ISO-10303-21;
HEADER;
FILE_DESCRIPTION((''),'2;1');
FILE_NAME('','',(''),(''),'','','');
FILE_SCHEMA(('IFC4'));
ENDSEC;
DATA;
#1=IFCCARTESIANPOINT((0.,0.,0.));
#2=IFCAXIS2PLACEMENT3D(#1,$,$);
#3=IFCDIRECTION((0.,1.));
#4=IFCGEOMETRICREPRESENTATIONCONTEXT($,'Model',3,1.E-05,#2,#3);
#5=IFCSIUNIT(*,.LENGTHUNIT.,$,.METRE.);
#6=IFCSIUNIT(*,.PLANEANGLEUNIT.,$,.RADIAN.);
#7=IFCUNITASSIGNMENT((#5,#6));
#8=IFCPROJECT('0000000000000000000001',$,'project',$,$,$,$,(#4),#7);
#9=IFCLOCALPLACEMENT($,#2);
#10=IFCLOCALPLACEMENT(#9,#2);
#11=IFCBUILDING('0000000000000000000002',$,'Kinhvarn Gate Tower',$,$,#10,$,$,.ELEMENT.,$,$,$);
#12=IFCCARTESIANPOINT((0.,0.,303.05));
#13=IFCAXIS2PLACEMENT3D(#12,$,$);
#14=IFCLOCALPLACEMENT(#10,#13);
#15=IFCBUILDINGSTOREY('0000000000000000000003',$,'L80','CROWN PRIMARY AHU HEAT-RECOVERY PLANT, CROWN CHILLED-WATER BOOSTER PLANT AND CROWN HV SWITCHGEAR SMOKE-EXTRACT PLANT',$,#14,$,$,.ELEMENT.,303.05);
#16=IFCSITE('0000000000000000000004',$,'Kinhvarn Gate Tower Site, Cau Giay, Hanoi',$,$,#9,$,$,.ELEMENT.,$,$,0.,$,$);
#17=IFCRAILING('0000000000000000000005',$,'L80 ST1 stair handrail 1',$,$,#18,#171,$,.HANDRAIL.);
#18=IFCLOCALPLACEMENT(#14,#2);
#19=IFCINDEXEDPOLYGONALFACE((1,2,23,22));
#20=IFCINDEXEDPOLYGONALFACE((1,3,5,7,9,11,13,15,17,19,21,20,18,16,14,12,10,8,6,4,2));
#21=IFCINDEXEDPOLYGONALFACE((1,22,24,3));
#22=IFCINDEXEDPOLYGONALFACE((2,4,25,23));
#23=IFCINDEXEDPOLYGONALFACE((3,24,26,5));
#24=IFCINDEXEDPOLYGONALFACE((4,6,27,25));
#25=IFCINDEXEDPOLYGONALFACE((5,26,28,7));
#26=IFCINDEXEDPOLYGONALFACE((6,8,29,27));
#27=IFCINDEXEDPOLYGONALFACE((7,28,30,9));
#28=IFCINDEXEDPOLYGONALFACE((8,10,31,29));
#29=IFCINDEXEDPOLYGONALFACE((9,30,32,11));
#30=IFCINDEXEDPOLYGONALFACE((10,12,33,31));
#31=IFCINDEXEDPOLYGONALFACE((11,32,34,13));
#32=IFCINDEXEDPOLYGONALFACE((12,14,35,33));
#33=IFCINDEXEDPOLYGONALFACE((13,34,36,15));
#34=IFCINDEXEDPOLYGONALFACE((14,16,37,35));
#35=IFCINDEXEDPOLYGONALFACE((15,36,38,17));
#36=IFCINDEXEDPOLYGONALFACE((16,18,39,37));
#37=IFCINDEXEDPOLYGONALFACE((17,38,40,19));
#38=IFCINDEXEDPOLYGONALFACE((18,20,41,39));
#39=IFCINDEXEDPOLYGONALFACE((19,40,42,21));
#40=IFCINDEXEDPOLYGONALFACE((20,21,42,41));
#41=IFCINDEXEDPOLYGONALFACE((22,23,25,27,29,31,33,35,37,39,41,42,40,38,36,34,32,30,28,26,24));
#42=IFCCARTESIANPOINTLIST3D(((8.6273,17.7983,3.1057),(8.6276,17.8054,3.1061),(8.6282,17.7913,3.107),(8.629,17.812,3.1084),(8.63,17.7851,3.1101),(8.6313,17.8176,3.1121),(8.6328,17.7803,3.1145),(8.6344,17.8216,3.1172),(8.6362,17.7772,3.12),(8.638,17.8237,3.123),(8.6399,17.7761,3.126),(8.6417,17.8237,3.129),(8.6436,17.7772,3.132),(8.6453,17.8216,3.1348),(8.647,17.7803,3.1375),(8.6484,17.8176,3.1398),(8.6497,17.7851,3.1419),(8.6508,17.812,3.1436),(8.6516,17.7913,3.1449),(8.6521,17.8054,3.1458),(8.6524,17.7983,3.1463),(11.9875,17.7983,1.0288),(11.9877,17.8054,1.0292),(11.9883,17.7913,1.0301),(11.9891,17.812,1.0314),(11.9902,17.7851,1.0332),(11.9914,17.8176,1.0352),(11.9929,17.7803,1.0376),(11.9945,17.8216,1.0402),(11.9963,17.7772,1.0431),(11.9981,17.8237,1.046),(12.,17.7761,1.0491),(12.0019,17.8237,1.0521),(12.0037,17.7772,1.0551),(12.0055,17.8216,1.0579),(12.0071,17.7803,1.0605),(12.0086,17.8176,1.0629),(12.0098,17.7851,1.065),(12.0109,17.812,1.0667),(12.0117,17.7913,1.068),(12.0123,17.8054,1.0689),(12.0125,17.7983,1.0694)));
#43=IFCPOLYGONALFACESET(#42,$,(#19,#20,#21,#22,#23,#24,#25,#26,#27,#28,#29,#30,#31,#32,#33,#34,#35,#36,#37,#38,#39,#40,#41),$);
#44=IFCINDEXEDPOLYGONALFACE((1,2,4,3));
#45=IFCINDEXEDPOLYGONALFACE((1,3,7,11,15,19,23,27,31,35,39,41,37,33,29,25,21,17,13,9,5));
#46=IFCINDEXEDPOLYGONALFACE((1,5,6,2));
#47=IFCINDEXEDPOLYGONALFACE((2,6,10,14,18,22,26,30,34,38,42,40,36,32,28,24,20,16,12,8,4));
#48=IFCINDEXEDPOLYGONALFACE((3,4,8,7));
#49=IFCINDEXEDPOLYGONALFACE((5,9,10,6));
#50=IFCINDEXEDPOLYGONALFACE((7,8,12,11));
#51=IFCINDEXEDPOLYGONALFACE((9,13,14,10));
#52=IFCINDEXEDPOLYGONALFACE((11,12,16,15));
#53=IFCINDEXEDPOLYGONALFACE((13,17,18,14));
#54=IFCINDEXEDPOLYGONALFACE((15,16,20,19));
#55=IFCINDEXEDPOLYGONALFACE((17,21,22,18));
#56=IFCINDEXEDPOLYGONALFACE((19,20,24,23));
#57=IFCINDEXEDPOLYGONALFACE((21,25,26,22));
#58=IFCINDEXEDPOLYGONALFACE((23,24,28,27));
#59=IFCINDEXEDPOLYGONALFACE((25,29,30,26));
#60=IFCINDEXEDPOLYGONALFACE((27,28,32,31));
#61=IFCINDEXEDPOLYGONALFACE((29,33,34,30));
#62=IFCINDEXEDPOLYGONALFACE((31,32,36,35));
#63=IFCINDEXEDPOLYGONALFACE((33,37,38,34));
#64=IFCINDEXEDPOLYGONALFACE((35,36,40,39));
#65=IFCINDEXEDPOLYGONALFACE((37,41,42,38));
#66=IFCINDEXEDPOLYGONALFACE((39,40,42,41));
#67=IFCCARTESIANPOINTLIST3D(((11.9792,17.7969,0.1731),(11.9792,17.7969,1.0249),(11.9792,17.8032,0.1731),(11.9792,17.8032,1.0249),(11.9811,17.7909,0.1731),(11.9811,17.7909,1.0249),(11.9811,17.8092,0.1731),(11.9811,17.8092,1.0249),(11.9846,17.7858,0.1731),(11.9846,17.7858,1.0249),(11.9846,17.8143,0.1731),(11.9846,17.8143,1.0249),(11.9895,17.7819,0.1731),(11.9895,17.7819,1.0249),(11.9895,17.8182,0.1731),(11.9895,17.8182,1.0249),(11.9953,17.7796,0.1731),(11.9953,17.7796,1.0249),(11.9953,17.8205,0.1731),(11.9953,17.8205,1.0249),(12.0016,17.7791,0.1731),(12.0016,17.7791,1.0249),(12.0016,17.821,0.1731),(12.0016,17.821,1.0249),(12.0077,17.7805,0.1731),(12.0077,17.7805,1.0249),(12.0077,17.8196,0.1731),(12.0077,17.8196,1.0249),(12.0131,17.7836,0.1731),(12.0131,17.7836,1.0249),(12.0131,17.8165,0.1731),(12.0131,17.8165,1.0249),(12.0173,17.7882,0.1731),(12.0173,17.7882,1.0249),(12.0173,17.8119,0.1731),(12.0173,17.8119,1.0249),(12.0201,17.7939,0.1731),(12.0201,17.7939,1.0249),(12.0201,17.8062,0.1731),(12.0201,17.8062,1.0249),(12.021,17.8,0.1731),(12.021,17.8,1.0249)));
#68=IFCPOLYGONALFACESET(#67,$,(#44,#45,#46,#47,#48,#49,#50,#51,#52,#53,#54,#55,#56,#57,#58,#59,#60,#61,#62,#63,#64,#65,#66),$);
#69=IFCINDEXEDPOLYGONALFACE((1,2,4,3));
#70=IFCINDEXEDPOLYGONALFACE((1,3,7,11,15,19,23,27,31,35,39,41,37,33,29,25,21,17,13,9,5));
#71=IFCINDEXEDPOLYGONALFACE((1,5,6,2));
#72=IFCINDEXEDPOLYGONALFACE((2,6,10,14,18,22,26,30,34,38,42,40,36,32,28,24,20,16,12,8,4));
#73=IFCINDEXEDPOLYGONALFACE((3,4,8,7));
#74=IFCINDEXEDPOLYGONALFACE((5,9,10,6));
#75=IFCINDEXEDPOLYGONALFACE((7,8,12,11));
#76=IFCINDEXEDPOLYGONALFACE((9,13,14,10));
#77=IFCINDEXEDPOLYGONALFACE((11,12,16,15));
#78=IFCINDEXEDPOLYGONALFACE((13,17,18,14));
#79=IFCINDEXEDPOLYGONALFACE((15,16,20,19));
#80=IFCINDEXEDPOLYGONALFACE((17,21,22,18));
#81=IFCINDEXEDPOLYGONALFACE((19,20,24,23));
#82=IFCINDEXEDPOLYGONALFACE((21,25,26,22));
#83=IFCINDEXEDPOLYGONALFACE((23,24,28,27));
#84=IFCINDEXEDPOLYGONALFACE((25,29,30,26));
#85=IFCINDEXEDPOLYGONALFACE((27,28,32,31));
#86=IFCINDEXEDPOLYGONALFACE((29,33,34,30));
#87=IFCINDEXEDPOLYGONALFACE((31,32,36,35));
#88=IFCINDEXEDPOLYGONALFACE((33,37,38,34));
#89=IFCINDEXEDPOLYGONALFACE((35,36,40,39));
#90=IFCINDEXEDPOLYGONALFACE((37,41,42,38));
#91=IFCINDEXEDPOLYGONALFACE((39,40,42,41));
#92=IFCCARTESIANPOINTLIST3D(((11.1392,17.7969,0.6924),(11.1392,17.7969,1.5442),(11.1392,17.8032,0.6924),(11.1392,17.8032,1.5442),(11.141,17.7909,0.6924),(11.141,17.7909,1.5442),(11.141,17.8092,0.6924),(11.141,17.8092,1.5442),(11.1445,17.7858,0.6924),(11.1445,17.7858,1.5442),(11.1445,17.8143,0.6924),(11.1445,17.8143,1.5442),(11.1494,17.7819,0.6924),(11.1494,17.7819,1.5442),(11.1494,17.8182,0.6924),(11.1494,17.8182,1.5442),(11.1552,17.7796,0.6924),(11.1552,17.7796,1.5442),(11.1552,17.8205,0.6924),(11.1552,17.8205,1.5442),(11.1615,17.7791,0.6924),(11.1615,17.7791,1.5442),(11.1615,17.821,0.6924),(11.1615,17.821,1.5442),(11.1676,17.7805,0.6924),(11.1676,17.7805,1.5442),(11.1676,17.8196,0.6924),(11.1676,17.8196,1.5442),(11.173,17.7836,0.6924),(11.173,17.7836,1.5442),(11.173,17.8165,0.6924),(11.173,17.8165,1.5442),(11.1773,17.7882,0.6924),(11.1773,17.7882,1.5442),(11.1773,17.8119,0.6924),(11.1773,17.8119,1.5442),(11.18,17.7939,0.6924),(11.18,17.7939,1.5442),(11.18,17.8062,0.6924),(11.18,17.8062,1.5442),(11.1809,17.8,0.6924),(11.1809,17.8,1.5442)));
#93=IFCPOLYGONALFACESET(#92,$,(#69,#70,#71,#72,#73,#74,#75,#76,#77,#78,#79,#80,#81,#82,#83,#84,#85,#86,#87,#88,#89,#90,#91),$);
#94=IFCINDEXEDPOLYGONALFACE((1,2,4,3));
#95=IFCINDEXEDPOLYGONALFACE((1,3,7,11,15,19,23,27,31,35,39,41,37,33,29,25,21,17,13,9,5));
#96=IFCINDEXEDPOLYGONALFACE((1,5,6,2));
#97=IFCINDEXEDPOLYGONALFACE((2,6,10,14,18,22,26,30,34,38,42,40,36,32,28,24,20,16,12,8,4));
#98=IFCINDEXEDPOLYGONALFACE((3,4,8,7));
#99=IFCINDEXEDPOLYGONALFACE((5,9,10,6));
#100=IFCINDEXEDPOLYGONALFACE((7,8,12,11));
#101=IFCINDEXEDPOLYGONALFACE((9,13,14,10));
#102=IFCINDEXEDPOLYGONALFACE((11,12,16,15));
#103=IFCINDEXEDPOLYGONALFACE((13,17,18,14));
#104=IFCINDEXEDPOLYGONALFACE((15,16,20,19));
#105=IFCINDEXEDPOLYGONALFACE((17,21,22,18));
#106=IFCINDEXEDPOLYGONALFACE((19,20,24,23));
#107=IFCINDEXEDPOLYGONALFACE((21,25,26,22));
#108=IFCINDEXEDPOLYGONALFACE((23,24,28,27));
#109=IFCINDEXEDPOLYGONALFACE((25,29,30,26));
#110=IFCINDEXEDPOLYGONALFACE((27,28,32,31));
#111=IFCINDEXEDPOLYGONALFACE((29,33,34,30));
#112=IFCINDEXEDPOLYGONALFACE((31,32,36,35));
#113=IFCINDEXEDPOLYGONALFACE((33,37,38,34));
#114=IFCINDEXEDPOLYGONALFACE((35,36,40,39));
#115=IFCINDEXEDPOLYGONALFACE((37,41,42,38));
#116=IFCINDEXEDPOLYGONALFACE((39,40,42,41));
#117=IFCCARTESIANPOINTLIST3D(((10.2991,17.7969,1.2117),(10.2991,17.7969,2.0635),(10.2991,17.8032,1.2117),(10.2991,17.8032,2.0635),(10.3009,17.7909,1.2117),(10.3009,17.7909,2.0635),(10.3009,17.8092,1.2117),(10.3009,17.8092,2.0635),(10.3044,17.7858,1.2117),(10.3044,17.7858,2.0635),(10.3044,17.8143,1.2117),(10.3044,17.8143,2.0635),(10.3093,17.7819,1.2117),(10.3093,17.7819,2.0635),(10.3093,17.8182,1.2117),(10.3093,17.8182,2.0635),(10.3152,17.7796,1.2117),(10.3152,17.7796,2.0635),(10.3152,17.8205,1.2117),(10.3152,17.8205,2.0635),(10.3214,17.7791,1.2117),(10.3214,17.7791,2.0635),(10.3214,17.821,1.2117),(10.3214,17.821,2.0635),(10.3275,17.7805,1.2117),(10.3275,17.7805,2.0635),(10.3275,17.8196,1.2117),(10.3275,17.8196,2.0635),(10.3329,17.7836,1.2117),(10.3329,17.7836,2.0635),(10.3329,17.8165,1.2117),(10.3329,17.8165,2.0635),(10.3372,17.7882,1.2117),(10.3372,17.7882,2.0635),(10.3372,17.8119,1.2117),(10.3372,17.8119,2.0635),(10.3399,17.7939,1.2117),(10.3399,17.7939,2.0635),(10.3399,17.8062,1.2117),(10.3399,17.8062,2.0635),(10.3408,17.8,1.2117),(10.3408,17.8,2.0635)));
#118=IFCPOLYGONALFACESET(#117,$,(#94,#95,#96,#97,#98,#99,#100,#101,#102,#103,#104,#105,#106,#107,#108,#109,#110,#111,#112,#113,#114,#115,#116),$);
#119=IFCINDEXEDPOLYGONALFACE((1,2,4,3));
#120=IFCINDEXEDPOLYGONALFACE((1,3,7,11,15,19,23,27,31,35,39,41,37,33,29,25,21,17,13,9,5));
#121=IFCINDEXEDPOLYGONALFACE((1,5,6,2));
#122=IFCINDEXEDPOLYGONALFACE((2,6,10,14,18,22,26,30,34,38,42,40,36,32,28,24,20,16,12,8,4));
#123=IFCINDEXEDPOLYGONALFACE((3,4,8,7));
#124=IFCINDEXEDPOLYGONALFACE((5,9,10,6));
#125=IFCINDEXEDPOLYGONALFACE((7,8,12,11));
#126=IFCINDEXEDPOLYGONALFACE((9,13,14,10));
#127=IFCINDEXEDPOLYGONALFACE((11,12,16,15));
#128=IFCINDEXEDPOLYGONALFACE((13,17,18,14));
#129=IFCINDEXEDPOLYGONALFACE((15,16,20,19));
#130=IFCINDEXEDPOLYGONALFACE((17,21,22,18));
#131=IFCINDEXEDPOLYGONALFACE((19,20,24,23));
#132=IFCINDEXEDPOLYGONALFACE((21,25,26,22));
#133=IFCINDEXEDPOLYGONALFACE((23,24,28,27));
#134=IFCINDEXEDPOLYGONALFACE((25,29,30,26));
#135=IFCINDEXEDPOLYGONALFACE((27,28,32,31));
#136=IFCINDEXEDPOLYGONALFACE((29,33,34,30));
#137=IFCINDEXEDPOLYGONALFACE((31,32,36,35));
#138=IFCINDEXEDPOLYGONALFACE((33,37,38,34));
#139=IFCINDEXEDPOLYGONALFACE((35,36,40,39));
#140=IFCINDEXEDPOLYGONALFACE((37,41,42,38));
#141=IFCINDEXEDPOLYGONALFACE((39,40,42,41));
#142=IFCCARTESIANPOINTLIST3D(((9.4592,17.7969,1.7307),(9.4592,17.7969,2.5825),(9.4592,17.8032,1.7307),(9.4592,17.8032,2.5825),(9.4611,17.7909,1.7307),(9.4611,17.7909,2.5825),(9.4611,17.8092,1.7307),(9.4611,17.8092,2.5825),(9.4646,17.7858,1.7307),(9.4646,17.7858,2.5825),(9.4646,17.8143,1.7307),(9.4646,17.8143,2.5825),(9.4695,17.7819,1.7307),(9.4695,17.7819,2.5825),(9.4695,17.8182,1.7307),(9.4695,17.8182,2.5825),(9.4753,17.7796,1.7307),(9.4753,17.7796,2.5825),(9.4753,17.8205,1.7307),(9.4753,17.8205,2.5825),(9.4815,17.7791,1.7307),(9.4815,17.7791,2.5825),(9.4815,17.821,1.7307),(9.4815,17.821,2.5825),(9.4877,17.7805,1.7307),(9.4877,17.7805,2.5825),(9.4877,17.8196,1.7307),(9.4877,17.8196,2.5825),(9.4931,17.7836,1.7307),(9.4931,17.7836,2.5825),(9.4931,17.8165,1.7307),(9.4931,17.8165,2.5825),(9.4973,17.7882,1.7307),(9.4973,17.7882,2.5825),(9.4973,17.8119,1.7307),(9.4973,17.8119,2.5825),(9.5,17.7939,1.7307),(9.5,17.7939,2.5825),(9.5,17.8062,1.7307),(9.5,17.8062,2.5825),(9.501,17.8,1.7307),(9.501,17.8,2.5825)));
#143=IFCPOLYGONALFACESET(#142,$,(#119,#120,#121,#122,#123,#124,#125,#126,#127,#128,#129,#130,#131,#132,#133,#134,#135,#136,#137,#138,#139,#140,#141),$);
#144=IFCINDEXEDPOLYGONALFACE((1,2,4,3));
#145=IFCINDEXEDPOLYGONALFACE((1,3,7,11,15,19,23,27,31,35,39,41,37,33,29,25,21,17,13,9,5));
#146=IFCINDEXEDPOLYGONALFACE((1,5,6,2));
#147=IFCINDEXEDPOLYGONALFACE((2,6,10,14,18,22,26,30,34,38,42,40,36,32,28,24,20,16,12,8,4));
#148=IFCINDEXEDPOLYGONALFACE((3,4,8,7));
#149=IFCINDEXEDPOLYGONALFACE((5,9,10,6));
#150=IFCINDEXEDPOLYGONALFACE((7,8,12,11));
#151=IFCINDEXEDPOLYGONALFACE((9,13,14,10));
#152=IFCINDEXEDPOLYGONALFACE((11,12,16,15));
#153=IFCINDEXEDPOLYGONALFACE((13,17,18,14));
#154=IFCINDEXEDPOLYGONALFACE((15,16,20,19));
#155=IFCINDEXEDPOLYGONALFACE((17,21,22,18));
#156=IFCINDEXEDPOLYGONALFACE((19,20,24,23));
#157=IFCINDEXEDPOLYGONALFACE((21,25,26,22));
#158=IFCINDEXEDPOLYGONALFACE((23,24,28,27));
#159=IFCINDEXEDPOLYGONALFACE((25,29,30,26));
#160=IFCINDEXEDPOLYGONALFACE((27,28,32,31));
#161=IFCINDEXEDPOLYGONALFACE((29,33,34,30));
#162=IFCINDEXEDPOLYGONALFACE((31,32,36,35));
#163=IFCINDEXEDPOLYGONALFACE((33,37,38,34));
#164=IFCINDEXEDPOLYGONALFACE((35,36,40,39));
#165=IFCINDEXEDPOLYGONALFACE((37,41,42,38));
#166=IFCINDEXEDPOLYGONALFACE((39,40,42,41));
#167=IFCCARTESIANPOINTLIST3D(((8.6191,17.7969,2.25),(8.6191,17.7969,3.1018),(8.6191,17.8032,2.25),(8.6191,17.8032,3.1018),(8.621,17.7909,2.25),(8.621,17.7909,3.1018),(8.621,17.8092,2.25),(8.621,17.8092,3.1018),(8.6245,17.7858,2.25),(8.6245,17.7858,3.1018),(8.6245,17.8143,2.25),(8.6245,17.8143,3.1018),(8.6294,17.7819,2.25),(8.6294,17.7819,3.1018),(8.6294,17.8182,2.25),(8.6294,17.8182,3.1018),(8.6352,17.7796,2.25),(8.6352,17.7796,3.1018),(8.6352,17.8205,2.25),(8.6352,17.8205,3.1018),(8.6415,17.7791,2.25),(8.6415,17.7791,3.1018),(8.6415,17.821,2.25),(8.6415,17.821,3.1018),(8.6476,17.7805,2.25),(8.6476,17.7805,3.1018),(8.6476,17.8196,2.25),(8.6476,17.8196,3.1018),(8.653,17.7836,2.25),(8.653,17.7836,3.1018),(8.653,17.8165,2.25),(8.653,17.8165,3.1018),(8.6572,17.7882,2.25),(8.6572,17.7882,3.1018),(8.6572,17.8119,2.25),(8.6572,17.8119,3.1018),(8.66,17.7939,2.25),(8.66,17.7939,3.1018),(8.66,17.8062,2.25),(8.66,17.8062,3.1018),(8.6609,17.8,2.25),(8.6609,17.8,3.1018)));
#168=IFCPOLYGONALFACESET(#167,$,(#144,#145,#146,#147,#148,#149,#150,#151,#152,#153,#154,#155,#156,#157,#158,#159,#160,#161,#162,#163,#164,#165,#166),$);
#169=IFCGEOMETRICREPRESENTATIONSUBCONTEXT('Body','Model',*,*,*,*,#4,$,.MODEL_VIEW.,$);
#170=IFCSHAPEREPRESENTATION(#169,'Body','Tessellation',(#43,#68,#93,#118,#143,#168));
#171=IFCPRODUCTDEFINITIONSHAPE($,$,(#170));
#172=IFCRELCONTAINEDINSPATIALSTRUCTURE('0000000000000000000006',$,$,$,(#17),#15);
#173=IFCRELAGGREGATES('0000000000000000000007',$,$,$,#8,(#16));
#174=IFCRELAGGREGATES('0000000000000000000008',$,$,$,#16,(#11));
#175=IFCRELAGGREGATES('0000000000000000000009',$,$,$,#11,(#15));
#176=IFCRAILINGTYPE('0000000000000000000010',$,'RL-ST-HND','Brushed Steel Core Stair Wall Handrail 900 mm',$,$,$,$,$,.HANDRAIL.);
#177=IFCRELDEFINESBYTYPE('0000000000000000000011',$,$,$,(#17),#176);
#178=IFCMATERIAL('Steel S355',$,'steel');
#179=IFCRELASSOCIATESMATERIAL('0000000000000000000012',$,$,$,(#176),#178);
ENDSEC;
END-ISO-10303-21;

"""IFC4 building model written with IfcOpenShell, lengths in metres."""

from ifc_helpers import new_model, si_unit, direction, frame, origin, origin_2d, place, context, subcontext, project, spatial, circle, extrude, material, type_object, element, save


model = new_model("IFC4")

# Units and contexts
model_context = context("Model", 3, precision=1e-05, world=origin(), true_north=direction((0.0, 1.0)))
body_context = subcontext(model_context, "Body", "Model", "MODEL_VIEW")
ifc_project = project(units=[si_unit("LENGTHUNIT", "METRE"), si_unit("PLANEANGLEUNIT", "RADIAN")], contexts=[model_context])

# Site, building, storey
site_placement = place(None, origin())
site = spatial("IfcSite", under=ifc_project, at=site_placement, Name="Kinhvarn Gate Tower Site, Cau Giay, Hanoi", CompositionType="ELEMENT", RefElevation=0.0)
building_placement = place(site_placement, origin())
building = spatial("IfcBuilding", under=site, at=building_placement, Name="Kinhvarn Gate Tower", CompositionType="ELEMENT")
storey_placement = place(building_placement, frame((0.0, 0.0, 303.05)))
storey = spatial("IfcBuildingStorey", under=building, at=storey_placement, Name="L80", Description="CROWN PRIMARY AHU HEAT-RECOVERY PLANT, CROWN CHILLED-WATER BOOSTER PLANT AND CROWN HV SWITCHGEAR SMOKE-EXTRACT PLANT", CompositionType="ELEMENT", Elevation=303.05)

# Railing
ifc_material_1 = material(Name="Steel S355", Category="steel")
railing_type_1 = type_object("IfcRailingType", Name="RL-ST-HND", Description="Brushed Steel Core Stair Wall Handrail 900 mm", PredefinedType="HANDRAIL", material=ifc_material_1)
railing_1_placement = place(storey_placement, frame((12.0, 17.8, 0.1731)))
element("IfcRailing", 1, at=railing_1_placement, inside=storey, type_object=railing_type_1, Name="L80 ST1 stair handrail 1", PredefinedType="HANDRAIL", context=body_context, shape_type="SweptSolid", body=[
    extrude(circle(Radius=0.0239, at=origin_2d()), frame((0.0, 0.0, 0.876), z_axis=(-0.850623, 0.0, 0.525776), x_axis=(0.0, -1.0, 0.0)), (0.0, 0.0, 1.0), 3.9502),
    extrude(circle(Radius=0.021, at=origin_2d()), origin(), (0.0, 0.0, 1.0), 0.8518),
    extrude(circle(Radius=0.021, at=origin_2d()), frame((-0.8401, 0.0, 0.5193)), (0.0, 0.0, 1.0), 0.8518),
    extrude(circle(Radius=0.021, at=origin_2d()), frame((-1.6802, 0.0, 1.0386)), (0.0, 0.0, 1.0), 0.8518),
    extrude(circle(Radius=0.021, at=origin_2d()), frame((-2.52, 0.0, 1.5576)), (0.0, 0.0, 1.0), 0.8518),
    extrude(circle(Radius=0.021, at=origin_2d()), frame((-3.3601, 0.0, 2.0769)), (0.0, 0.0, 1.0), 0.8518),
])

save(model, "model.ifc")
